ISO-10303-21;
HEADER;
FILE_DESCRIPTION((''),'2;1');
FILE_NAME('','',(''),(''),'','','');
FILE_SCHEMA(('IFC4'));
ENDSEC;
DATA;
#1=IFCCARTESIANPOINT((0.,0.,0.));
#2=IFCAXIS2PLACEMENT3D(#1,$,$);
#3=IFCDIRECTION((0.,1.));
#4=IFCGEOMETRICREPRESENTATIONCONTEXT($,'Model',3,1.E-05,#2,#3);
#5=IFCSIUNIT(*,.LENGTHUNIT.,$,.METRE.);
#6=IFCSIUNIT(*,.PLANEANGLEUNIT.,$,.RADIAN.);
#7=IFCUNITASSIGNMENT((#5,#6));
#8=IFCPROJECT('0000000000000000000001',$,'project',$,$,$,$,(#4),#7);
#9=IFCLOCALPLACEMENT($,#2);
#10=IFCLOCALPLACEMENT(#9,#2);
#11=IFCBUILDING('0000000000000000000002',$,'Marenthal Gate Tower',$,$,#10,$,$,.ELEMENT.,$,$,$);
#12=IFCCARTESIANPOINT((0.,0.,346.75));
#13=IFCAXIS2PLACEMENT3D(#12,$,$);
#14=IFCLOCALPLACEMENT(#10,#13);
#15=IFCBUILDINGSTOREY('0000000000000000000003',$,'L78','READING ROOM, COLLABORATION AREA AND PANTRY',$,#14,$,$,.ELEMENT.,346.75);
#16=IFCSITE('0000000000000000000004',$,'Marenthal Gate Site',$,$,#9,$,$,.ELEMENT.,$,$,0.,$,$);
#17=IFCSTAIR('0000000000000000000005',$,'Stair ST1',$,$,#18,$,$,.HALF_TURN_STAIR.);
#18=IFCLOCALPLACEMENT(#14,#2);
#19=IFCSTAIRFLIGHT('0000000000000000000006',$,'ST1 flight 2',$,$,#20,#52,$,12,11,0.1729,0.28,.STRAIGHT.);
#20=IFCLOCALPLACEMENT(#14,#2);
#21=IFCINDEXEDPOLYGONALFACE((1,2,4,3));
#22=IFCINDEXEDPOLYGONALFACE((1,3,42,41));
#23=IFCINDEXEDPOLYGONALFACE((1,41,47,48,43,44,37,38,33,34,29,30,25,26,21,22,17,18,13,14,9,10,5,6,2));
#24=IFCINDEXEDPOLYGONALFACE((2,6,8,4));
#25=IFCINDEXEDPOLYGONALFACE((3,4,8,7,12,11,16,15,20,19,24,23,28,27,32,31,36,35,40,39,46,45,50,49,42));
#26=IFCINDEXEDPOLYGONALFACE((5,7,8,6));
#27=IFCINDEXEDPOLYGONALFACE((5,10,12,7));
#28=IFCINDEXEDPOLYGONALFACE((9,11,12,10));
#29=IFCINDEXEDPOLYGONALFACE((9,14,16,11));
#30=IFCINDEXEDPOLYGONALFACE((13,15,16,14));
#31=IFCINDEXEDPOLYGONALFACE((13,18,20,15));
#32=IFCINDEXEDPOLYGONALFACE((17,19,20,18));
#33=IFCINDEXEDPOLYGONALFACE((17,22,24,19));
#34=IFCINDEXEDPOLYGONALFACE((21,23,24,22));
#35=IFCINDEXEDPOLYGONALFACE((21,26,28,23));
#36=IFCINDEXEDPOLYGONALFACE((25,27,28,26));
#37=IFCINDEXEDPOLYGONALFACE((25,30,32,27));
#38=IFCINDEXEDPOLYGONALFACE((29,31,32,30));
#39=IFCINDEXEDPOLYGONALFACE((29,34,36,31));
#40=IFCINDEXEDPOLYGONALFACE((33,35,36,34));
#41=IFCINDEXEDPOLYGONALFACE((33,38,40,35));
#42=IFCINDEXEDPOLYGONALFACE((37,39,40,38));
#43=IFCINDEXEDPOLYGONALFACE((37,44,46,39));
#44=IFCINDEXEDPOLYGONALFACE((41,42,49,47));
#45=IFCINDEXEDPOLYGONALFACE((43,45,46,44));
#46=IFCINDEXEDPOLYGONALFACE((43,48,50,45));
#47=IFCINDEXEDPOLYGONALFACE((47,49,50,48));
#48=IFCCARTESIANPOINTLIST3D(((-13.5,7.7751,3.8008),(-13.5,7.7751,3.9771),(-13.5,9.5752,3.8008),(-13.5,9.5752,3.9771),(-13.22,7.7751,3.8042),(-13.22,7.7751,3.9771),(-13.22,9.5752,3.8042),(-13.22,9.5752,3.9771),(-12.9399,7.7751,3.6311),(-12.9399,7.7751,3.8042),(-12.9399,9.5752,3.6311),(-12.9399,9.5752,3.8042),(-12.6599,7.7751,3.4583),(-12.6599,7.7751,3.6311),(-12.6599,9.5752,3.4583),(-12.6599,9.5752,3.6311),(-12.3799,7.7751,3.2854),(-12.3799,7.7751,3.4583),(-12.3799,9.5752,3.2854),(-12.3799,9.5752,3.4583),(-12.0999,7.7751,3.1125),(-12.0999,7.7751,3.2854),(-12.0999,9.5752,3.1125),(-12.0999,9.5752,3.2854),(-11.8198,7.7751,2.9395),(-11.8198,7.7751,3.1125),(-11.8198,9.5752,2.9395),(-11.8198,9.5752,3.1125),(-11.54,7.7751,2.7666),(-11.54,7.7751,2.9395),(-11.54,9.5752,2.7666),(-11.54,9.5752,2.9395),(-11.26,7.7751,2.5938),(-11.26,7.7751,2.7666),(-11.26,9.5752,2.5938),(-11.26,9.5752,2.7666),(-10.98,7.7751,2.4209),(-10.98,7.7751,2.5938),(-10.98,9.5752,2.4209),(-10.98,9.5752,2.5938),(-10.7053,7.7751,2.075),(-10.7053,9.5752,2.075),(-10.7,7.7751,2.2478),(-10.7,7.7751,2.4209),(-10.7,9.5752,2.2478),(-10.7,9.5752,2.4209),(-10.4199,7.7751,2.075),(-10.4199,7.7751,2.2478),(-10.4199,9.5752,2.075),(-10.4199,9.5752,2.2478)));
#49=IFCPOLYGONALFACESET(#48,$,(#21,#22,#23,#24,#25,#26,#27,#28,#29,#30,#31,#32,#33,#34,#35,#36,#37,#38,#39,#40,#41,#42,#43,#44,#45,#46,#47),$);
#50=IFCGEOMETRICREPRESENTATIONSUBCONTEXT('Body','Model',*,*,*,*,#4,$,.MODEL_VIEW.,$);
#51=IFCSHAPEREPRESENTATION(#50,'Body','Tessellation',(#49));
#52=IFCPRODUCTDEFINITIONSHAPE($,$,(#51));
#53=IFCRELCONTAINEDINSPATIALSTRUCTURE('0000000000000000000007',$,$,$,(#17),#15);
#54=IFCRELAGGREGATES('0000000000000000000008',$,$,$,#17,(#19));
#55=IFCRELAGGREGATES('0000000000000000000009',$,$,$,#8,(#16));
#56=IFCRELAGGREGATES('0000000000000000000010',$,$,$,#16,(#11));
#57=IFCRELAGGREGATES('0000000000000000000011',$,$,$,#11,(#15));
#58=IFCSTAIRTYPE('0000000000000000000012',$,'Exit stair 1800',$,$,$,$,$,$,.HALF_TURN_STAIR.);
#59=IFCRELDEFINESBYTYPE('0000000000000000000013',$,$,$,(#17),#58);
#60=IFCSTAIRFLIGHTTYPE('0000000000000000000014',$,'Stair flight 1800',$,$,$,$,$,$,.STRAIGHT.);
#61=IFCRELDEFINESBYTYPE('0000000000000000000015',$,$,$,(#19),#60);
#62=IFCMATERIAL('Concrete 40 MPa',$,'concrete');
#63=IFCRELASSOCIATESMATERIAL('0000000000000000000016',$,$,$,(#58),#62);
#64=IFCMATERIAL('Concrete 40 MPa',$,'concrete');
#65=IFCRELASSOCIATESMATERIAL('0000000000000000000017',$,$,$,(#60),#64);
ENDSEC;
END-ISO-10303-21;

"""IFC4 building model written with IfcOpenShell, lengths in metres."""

from ifc_helpers import new_model, si_unit, direction, frame, origin, place, context, subcontext, project, spatial, polyline, outline, extrude, material, type_object, element, aggregate, save


model = new_model("IFC4")

# Units and contexts
model_context = context("Model", 3, precision=1e-05, world=origin(), true_north=direction((0.0, 1.0)))
body_context = subcontext(model_context, "Body", "Model", "MODEL_VIEW")
ifc_project = project(units=[si_unit("LENGTHUNIT", "METRE"), si_unit("PLANEANGLEUNIT", "RADIAN")], contexts=[model_context])

# Site, building, storey
site_placement = place(None, origin())
site = spatial("IfcSite", under=ifc_project, at=site_placement, Name="Marenthal Gate Site", CompositionType="ELEMENT", RefElevation=0.0)
building_placement = place(site_placement, origin())
building = spatial("IfcBuilding", under=site, at=building_placement, Name="Marenthal Gate Tower", CompositionType="ELEMENT")
storey_placement = place(building_placement, frame((0.0, 0.0, 346.75)))
storey = spatial("IfcBuildingStorey", under=building, at=storey_placement, Name="L78", Description="READING ROOM, COLLABORATION AREA AND PANTRY", CompositionType="ELEMENT", Elevation=346.75)

# Stair, stair flight
ifc_material_1 = material(Name="Concrete 40 MPa", Category="concrete")
stair_type = type_object("IfcStairType", Name="Exit stair 1800", PredefinedType="HALF_TURN_STAIR", material=ifc_material_1)
stair_placement = place(storey_placement, origin())
stair = element("IfcStair", 1, at=stair_placement, inside=storey, type_object=stair_type, Name="Stair ST1", PredefinedType="HALF_TURN_STAIR")
ifc_material_2 = material(Name="Concrete 40 MPa", Category="concrete")
stair_flight_type = type_object("IfcStairFlightType", Name="Stair flight 1800", PredefinedType="STRAIGHT", material=ifc_material_2)
stair_flight_1_placement = place(storey_placement, frame((-10.4199, 8.675, 2.075), z_axis=(0.0, 0.0, 1.0), x_axis=(-1.0, 0.0, 0.0)))
stair_flight_1 = element("IfcStairFlight", 2, at=stair_flight_1_placement, type_object=stair_flight_type, Name="ST1 flight 2", NumberOfRisers=12, NumberOfTreads=11, PredefinedType="STRAIGHT", RiserHeight=0.1729, TreadLength=0.28, context=body_context, shape_type="SweptSolid", body=[
    extrude(outline(polyline([(0.0, 0.0), (0.0, 0.1729), (0.28, 0.1729), (0.28, 0.3459), (0.5601, 0.3459), (0.5601, 0.5188), (0.8401, 0.5188), (0.8401, 0.6917), (1.1201, 0.6917), (1.1201, 0.8645), (1.3999, 0.8645), (1.3999, 1.0376), (1.6799, 1.0376), (1.6799, 1.2104), (1.96, 1.2104), (1.96, 1.3833), (2.24, 1.3833), (2.24, 1.5562), (2.52, 1.5562), (2.52, 1.7292), (2.8, 1.7292), (2.8, 1.9021), (3.0801, 1.9021), (3.0801, 2.075), (3.0801, 1.7258), (0.2854, 0.0), (0.0, 0.0)])), frame((0.0, 0.8999, 0.0), z_axis=(0.0, -1.0, 0.0), x_axis=(1.0, 0.0, 0.0)), (0.0, 0.0, 1.0), 1.8),
])
aggregate(stair, [stair_flight_1])

save(model, "model.ifc")
